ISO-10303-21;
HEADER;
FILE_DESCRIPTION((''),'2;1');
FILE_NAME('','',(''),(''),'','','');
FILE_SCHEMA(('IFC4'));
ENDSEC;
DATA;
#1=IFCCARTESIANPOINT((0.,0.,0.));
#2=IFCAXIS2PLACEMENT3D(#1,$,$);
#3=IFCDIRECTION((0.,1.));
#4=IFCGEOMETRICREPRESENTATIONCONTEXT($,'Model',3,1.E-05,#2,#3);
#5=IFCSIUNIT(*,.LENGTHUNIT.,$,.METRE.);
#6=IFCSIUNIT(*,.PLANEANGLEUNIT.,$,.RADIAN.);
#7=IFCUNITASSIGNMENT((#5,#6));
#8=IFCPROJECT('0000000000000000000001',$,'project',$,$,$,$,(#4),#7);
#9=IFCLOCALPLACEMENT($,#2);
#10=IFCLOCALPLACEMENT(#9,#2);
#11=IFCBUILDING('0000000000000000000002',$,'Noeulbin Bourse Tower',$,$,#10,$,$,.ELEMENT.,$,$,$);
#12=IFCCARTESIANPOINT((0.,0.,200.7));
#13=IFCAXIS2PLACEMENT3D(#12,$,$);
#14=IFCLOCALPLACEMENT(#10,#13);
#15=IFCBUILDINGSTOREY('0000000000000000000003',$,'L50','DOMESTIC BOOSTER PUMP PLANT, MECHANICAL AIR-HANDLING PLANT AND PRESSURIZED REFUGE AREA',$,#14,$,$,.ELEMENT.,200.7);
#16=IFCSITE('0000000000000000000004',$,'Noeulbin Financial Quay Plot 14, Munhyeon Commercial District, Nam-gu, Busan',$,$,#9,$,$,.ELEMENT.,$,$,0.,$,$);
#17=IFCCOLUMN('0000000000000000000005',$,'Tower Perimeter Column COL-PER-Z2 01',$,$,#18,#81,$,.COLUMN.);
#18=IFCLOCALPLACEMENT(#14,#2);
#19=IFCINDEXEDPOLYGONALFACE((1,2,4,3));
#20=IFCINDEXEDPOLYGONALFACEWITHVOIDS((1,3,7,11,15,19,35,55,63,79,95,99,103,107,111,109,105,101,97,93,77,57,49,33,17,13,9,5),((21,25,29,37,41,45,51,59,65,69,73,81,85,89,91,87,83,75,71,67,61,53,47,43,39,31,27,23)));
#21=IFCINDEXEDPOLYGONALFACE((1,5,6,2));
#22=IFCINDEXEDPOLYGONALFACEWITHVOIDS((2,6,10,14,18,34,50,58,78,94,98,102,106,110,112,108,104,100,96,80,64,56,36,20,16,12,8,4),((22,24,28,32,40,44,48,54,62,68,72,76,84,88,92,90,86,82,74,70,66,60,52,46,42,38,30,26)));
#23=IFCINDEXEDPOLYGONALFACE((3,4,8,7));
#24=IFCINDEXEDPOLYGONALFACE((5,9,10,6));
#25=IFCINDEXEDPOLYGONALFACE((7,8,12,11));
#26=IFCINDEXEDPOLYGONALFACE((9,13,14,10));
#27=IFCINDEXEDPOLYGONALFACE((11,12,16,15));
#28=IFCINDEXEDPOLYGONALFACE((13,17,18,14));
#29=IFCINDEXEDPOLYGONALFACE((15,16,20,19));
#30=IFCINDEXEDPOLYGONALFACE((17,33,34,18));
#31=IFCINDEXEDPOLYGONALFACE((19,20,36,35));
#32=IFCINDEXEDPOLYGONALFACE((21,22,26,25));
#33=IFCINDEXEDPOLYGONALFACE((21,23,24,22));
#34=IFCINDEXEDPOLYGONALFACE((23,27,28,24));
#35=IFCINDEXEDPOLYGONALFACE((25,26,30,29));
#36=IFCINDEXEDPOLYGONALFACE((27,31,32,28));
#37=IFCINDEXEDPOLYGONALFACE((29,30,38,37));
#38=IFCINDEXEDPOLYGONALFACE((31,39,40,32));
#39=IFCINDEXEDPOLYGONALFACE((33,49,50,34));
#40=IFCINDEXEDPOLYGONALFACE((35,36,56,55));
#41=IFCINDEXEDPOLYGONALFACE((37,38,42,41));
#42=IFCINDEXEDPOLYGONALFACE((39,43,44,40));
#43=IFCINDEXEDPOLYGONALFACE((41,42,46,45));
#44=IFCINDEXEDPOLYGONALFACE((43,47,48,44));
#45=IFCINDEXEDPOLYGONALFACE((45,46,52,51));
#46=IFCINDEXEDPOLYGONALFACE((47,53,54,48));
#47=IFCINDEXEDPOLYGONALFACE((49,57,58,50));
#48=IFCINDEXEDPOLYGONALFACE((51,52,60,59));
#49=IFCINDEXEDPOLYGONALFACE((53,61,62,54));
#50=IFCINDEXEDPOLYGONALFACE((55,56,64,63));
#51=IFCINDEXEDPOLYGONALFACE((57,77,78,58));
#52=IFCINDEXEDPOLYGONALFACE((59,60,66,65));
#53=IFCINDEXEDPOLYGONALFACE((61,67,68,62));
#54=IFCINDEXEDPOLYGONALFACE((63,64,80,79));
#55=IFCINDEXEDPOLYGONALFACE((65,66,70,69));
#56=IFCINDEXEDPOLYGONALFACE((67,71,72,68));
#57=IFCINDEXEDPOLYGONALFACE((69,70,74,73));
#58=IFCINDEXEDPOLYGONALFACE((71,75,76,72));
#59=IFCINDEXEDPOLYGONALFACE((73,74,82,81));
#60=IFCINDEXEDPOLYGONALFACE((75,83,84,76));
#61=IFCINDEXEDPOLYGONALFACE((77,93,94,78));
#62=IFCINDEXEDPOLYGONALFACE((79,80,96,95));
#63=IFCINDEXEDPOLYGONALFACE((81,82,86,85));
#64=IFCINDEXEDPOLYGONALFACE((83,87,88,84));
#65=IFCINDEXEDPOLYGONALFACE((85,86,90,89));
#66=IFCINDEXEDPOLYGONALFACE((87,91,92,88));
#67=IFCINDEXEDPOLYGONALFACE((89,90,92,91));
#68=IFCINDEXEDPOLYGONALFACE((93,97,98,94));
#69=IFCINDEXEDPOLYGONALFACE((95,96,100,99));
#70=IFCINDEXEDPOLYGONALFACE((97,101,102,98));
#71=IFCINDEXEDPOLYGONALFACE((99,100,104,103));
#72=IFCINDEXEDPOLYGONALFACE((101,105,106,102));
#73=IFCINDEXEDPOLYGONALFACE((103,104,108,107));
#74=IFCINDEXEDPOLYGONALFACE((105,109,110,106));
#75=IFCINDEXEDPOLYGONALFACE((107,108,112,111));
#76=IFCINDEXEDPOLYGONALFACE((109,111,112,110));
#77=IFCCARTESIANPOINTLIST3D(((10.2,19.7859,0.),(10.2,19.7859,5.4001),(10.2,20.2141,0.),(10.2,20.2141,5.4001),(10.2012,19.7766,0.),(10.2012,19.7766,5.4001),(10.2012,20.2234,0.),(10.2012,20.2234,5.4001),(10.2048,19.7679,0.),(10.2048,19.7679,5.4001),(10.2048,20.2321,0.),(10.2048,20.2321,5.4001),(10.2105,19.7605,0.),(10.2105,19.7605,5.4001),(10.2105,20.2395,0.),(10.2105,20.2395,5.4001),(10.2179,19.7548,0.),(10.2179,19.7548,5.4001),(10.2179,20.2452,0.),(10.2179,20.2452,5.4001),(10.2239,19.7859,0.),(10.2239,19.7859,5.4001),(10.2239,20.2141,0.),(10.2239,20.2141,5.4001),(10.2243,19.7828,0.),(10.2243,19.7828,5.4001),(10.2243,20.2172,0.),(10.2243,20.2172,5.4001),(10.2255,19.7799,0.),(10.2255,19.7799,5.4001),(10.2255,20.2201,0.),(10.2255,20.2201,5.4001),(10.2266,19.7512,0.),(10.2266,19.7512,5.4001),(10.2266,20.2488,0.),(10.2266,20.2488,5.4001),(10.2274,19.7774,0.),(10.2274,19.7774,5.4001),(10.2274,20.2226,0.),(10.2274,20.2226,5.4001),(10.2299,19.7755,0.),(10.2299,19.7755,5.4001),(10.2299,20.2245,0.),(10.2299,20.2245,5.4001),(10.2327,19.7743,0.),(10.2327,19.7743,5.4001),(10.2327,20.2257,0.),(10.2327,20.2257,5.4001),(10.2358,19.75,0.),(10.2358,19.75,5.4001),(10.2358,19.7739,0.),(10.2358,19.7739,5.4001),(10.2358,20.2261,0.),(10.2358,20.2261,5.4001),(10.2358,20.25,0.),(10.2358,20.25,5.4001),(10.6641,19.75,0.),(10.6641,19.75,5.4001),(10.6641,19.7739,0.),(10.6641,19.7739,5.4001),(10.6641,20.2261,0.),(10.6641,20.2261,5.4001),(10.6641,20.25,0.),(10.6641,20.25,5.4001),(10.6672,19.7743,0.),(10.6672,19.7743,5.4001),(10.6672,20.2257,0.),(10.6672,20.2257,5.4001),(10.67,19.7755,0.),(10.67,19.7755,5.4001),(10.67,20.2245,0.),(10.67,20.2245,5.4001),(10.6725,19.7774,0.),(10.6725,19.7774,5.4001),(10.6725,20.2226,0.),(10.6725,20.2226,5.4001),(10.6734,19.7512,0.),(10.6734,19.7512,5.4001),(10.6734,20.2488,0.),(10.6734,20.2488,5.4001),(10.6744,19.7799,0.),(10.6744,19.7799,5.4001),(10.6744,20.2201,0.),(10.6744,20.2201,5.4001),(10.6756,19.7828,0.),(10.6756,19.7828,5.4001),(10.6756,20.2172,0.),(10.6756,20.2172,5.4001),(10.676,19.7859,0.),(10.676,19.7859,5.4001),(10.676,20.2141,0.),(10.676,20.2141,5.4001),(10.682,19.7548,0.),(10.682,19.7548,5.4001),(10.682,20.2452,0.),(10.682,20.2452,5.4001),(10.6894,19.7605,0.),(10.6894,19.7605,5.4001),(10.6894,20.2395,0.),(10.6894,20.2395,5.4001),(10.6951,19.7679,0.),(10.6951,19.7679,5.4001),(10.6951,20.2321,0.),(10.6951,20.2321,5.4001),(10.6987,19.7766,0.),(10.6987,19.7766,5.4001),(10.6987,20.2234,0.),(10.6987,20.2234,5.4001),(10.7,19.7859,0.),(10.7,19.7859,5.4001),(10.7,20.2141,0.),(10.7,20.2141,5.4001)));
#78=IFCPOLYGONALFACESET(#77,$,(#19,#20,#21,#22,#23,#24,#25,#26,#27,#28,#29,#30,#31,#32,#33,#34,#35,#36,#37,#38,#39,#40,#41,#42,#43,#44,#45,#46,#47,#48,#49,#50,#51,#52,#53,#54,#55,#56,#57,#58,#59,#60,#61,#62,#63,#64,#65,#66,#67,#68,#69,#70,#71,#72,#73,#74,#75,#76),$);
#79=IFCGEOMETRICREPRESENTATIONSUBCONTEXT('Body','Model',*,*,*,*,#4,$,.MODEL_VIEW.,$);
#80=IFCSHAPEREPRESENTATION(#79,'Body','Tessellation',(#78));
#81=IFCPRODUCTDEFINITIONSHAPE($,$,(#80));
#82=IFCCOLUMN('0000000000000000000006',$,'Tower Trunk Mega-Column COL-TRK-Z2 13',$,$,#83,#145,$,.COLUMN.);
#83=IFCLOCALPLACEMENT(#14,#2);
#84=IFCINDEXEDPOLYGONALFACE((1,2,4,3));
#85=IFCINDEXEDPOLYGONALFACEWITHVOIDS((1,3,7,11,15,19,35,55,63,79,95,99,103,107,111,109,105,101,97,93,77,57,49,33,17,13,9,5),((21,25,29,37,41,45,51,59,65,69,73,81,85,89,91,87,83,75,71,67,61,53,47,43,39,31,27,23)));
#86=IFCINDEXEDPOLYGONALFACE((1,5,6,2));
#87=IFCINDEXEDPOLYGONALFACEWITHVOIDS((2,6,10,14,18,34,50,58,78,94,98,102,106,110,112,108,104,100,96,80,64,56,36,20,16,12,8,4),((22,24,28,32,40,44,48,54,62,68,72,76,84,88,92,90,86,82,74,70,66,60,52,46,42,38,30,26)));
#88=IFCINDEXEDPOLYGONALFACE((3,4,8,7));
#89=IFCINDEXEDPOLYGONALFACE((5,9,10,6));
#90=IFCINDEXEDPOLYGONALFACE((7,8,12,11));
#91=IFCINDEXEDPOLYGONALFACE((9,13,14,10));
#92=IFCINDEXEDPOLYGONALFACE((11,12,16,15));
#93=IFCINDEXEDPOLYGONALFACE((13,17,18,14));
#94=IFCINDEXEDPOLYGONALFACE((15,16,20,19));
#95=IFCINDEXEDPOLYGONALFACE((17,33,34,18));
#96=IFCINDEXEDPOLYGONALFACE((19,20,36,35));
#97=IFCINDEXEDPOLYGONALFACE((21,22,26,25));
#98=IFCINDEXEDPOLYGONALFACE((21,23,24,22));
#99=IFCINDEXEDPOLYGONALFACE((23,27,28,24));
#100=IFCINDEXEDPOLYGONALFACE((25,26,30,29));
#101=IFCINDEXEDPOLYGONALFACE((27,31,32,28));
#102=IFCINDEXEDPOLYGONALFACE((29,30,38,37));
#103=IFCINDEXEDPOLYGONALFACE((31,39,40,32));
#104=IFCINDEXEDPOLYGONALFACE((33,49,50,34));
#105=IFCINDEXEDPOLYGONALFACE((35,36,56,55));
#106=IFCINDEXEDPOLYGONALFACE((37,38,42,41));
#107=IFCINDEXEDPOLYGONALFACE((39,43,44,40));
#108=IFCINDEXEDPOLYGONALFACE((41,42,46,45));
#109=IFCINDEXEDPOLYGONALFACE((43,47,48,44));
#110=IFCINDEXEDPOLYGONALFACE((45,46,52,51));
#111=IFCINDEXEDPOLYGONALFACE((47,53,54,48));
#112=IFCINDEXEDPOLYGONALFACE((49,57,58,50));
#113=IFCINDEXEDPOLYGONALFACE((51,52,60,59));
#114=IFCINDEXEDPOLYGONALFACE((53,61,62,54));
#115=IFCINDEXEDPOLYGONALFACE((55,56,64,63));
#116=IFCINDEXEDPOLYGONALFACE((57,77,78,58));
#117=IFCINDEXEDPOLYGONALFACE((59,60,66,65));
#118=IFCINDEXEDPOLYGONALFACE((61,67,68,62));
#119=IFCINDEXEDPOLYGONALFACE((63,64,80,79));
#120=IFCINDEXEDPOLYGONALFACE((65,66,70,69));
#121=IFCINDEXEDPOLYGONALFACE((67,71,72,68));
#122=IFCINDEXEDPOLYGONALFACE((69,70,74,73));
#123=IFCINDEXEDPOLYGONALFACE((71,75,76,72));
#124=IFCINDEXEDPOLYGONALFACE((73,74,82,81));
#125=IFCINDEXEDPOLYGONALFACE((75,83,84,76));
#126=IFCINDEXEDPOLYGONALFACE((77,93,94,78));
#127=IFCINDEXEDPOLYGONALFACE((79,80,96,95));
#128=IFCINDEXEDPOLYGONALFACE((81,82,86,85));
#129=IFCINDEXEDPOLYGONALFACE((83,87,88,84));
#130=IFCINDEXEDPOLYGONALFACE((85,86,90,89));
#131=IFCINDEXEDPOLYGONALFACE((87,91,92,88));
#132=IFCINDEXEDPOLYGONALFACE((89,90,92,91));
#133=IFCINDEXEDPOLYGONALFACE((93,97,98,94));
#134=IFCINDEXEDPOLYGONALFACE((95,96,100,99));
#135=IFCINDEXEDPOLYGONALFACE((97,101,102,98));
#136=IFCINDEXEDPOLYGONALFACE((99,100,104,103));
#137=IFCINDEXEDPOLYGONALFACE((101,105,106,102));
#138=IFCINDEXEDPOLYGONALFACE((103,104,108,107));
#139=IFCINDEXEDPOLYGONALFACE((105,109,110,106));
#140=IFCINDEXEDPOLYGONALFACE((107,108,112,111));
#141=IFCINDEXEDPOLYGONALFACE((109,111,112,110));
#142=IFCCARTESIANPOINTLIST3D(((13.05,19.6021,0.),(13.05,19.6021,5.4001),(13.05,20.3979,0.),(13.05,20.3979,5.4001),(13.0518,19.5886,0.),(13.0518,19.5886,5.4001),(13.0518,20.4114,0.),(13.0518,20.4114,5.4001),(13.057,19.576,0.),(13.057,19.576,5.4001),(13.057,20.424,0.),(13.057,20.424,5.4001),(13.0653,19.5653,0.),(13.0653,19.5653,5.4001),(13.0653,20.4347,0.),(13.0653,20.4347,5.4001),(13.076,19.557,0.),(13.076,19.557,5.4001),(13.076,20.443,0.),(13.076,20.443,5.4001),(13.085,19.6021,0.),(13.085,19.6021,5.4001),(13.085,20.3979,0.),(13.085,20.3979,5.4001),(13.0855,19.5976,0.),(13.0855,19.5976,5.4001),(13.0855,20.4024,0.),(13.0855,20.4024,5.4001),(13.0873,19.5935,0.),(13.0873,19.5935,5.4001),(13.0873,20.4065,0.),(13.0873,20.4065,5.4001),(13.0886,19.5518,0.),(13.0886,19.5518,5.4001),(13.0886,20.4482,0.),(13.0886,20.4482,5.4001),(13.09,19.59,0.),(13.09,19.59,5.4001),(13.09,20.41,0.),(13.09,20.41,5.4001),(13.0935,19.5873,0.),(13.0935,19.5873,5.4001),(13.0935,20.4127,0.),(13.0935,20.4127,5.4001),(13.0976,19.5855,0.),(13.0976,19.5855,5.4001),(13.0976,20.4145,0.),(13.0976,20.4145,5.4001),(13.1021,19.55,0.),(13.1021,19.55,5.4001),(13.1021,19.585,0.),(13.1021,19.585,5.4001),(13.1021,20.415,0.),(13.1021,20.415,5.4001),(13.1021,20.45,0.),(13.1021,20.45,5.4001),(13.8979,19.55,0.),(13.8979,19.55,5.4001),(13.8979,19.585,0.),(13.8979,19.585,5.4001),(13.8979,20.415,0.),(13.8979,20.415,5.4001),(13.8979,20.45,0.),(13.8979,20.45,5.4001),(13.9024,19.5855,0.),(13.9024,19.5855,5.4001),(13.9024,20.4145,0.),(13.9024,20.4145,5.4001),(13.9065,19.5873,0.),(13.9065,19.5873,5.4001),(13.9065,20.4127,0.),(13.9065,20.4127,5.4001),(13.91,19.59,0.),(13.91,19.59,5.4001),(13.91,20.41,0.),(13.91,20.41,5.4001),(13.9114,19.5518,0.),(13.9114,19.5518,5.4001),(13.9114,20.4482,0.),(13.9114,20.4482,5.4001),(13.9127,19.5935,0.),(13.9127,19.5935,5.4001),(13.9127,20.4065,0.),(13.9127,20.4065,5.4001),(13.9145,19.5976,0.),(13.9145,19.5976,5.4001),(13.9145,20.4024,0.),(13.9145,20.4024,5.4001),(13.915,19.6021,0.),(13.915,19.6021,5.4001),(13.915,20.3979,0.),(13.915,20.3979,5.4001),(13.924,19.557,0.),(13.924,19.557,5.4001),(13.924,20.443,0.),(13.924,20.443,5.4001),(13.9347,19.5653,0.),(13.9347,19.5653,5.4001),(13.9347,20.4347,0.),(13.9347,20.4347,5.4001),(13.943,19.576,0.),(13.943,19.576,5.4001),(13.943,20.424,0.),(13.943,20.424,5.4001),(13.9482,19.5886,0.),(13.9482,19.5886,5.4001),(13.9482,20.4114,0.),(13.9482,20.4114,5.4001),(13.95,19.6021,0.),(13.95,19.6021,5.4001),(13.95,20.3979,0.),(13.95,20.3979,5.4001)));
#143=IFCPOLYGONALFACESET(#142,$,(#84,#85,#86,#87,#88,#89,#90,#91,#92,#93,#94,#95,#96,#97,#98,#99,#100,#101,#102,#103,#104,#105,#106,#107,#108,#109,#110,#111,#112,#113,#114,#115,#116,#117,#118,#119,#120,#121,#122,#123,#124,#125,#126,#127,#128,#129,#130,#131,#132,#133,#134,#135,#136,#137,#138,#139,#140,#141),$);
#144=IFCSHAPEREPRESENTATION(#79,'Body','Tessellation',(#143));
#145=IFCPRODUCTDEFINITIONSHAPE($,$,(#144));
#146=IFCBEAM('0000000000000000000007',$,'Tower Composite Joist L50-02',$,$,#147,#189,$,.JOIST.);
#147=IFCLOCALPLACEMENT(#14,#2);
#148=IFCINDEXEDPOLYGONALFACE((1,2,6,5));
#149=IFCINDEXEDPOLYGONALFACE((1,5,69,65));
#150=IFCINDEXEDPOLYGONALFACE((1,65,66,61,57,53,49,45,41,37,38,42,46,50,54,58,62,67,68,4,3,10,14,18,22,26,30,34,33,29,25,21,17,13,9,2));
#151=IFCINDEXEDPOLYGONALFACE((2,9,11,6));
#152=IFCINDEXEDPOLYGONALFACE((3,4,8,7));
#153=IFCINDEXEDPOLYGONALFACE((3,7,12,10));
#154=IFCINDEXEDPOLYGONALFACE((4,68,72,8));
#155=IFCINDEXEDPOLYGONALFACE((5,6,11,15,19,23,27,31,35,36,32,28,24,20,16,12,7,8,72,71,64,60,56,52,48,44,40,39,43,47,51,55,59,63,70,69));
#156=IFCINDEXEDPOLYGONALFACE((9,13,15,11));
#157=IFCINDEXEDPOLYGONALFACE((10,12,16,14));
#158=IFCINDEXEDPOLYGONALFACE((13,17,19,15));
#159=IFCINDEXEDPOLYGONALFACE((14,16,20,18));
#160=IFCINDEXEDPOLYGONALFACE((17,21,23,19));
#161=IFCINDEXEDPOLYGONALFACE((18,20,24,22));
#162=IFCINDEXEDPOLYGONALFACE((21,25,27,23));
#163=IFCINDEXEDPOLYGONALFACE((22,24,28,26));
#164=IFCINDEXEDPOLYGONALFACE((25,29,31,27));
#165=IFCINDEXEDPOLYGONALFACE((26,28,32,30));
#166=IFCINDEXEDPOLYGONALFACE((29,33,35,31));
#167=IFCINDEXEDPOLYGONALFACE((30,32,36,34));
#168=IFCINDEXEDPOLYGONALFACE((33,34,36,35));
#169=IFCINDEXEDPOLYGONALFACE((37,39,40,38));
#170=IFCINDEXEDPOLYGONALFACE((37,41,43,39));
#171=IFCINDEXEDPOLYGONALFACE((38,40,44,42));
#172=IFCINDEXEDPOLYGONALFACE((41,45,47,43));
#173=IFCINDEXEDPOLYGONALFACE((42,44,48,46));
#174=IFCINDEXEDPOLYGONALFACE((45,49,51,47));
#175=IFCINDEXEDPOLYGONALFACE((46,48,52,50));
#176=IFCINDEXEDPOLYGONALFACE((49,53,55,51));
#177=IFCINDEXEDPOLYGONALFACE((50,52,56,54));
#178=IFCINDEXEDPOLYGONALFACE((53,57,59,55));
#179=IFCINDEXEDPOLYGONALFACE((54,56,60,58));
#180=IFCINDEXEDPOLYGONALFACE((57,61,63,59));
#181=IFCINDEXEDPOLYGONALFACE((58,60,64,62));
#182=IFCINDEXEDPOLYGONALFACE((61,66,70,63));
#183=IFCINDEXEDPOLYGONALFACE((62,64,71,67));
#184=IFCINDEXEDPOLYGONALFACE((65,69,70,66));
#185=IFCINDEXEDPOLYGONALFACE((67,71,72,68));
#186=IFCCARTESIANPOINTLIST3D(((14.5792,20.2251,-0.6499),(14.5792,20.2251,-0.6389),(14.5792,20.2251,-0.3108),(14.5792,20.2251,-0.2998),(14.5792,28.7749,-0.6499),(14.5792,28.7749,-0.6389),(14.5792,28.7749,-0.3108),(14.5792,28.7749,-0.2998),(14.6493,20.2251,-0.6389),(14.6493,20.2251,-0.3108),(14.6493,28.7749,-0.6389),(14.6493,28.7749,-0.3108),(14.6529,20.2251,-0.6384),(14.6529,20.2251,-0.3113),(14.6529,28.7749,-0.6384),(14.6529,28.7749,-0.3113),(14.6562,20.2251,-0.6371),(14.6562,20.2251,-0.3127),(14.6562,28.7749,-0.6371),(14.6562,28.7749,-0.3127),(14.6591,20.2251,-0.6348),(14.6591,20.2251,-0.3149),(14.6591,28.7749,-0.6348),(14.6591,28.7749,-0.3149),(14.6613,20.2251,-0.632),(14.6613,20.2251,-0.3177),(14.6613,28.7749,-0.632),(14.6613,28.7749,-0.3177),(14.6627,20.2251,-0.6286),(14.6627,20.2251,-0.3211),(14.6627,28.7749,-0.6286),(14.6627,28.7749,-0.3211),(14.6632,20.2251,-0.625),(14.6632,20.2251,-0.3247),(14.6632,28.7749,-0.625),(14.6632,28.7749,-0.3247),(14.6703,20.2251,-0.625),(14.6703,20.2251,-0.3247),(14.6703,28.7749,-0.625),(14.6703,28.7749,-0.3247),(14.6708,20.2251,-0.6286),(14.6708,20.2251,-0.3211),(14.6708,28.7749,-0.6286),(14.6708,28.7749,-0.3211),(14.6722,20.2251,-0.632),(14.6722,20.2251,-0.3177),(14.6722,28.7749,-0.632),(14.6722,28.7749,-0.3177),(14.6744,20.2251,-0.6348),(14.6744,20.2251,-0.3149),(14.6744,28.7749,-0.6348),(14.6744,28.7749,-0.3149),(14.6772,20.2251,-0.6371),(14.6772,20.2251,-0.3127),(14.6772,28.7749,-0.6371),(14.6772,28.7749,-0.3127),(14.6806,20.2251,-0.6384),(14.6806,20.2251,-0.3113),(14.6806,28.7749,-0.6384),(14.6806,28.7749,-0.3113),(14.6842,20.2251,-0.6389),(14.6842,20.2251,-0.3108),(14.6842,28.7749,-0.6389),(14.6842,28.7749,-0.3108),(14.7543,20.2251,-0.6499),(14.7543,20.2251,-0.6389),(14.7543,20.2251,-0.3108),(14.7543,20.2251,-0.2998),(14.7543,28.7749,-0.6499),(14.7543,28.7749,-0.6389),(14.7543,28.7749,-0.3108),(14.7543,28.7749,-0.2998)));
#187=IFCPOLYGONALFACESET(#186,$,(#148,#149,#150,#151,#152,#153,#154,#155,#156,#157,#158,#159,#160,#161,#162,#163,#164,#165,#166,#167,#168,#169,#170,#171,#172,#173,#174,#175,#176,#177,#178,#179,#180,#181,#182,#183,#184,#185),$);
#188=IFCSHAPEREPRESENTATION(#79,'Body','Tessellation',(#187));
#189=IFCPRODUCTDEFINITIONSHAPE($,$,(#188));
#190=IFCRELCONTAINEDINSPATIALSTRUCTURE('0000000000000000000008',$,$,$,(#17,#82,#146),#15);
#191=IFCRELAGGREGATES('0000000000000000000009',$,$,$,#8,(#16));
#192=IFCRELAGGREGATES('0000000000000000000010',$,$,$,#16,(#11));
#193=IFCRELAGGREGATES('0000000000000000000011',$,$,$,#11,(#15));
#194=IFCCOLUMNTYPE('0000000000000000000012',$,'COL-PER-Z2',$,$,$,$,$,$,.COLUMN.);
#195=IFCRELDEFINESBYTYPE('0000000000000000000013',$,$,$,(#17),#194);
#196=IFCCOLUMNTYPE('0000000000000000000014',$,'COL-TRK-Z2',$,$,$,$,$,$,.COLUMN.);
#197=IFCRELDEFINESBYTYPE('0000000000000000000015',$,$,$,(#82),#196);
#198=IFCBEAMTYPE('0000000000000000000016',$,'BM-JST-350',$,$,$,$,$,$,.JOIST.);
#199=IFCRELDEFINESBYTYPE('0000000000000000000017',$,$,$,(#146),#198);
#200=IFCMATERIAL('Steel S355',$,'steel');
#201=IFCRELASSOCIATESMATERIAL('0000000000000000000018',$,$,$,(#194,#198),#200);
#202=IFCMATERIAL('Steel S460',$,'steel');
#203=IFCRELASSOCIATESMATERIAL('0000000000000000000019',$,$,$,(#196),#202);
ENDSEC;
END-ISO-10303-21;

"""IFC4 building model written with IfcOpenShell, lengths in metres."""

from ifc_helpers import new_model, si_unit, direction, frame, origin, origin_2d, place, context, subcontext, project, spatial, hollow_rectangle, i_section, extrude, material, material_profile, profile_set, type_object, element, save


model = new_model("IFC4")

# Units and contexts
model_context = context("Model", 3, precision=1e-05, world=origin(), true_north=direction((0.0, 1.0)))
body_context = subcontext(model_context, "Body", "Model", "MODEL_VIEW")
ifc_project = project(units=[si_unit("LENGTHUNIT", "METRE"), si_unit("PLANEANGLEUNIT", "RADIAN")], contexts=[model_context])

# Site, building, storey
site_placement = place(None, origin())
site = spatial("IfcSite", under=ifc_project, at=site_placement, Name="Noeulbin Financial Quay Plot 14, Munhyeon Commercial District, Nam-gu, Busan", CompositionType="ELEMENT", RefElevation=0.0)
building_placement = place(site_placement, origin())
building = spatial("IfcBuilding", under=site, at=building_placement, Name="Noeulbin Bourse Tower", CompositionType="ELEMENT")
storey_placement = place(building_placement, frame((0.0, 0.0, 200.7)))
storey = spatial("IfcBuildingStorey", under=building, at=storey_placement, Name="L50", Description="DOMESTIC BOOSTER PUMP PLANT, MECHANICAL AIR-HANDLING PLANT AND PRESSURIZED REFUGE AREA", CompositionType="ELEMENT", Elevation=200.7)

# Columns
ifc_material_1 = material(Name="Steel S355", Category="steel")
ifc_material_profile_1 = material_profile(ifc_material_1, hollow_rectangle(XDim=0.5, YDim=0.5, WallThickness=0.0239, InnerFilletRadius=0.012, OuterFilletRadius=0.0359, at=origin_2d()), Name="BOX-500x500x24", Category="LoadBearing")
ifc_profile_set_1 = profile_set([ifc_material_profile_1], Name="Steel S355")
column_type_1 = type_object("IfcColumnType", Name="COL-PER-Z2", PredefinedType="COLUMN", material=ifc_profile_set_1)
column_1_placement = place(storey_placement, frame((10.45, 20.0, 0.0), z_axis=(0.0, 0.0, 1.0), x_axis=(1.0, 0.0, 0.0)))
element("IfcColumn", 1, at=column_1_placement, inside=storey, type_object=column_type_1, Name="Tower Perimeter Column COL-PER-Z2 01", PredefinedType="COLUMN", context=body_context, shape_type="SweptSolid", body=[
    extrude(hollow_rectangle(XDim=0.5, YDim=0.5, WallThickness=0.0239, InnerFilletRadius=0.012, OuterFilletRadius=0.0359, at=origin_2d()), origin(), (0.0, 0.0, 1.0), 5.4001),
])
ifc_material_2 = material(Name="Steel S460", Category="steel")
ifc_material_profile_2 = material_profile(ifc_material_2, hollow_rectangle(XDim=0.8999, YDim=0.8999, WallThickness=0.0349, InnerFilletRadius=0.0171, OuterFilletRadius=0.052, at=origin_2d()), Name="BOX-900x900x35", Category="LoadBearing")
ifc_profile_set_2 = profile_set([ifc_material_profile_2], Name="Steel S460")
column_type_2 = type_object("IfcColumnType", Name="COL-TRK-Z2", PredefinedType="COLUMN", material=ifc_profile_set_2)
column_2_placement = place(storey_placement, frame((13.5, 20.0, 0.0), z_axis=(0.0, 0.0, 1.0), x_axis=(1.0, 0.0, 0.0)))
element("IfcColumn", 2, at=column_2_placement, inside=storey, type_object=column_type_2, Name="Tower Trunk Mega-Column COL-TRK-Z2 13", PredefinedType="COLUMN", context=body_context, shape_type="SweptSolid", body=[
    extrude(hollow_rectangle(XDim=0.8999, YDim=0.8999, WallThickness=0.0349, InnerFilletRadius=0.0171, OuterFilletRadius=0.052, at=origin_2d()), origin(), (0.0, 0.0, 1.0), 5.4001),
])

# Beam
ifc_material_profile_3 = material_profile(ifc_material_1, i_section(OverallWidth=0.175, OverallDepth=0.3501, WebThickness=0.0071, FlangeThickness=0.011, FilletRadius=0.0139, at=origin_2d()), Name="H-350x175x7x11", Category="LoadBearing")
ifc_profile_set_3 = profile_set([ifc_material_profile_3], Name="Steel S355")
beam_type_1 = type_object("IfcBeamType", Name="BM-JST-350", PredefinedType="JOIST", material=ifc_profile_set_3)
for number, where, z_axis, x_axis, name in (
    (3, (14.6667, 20.2251, -0.4749), (0.0, 1.0, 0.0), (-1.0, 0.0, 0.0), "Tower Composite Joist L50-02"),
):
    element("IfcBeam", number, at=place(storey_placement, frame(where, z_axis=z_axis, x_axis=x_axis)), inside=storey, type_object=beam_type_1, Name=name, PredefinedType="JOIST", context=body_context, shape_type="SweptSolid", body=[
        extrude(i_section(OverallWidth=0.175, OverallDepth=0.3501, WebThickness=0.0071, FlangeThickness=0.011, FilletRadius=0.0139, at=origin_2d()), origin(), (0.0, 0.0, 1.0), 8.5498),
    ])

save(model, "model.ifc")
